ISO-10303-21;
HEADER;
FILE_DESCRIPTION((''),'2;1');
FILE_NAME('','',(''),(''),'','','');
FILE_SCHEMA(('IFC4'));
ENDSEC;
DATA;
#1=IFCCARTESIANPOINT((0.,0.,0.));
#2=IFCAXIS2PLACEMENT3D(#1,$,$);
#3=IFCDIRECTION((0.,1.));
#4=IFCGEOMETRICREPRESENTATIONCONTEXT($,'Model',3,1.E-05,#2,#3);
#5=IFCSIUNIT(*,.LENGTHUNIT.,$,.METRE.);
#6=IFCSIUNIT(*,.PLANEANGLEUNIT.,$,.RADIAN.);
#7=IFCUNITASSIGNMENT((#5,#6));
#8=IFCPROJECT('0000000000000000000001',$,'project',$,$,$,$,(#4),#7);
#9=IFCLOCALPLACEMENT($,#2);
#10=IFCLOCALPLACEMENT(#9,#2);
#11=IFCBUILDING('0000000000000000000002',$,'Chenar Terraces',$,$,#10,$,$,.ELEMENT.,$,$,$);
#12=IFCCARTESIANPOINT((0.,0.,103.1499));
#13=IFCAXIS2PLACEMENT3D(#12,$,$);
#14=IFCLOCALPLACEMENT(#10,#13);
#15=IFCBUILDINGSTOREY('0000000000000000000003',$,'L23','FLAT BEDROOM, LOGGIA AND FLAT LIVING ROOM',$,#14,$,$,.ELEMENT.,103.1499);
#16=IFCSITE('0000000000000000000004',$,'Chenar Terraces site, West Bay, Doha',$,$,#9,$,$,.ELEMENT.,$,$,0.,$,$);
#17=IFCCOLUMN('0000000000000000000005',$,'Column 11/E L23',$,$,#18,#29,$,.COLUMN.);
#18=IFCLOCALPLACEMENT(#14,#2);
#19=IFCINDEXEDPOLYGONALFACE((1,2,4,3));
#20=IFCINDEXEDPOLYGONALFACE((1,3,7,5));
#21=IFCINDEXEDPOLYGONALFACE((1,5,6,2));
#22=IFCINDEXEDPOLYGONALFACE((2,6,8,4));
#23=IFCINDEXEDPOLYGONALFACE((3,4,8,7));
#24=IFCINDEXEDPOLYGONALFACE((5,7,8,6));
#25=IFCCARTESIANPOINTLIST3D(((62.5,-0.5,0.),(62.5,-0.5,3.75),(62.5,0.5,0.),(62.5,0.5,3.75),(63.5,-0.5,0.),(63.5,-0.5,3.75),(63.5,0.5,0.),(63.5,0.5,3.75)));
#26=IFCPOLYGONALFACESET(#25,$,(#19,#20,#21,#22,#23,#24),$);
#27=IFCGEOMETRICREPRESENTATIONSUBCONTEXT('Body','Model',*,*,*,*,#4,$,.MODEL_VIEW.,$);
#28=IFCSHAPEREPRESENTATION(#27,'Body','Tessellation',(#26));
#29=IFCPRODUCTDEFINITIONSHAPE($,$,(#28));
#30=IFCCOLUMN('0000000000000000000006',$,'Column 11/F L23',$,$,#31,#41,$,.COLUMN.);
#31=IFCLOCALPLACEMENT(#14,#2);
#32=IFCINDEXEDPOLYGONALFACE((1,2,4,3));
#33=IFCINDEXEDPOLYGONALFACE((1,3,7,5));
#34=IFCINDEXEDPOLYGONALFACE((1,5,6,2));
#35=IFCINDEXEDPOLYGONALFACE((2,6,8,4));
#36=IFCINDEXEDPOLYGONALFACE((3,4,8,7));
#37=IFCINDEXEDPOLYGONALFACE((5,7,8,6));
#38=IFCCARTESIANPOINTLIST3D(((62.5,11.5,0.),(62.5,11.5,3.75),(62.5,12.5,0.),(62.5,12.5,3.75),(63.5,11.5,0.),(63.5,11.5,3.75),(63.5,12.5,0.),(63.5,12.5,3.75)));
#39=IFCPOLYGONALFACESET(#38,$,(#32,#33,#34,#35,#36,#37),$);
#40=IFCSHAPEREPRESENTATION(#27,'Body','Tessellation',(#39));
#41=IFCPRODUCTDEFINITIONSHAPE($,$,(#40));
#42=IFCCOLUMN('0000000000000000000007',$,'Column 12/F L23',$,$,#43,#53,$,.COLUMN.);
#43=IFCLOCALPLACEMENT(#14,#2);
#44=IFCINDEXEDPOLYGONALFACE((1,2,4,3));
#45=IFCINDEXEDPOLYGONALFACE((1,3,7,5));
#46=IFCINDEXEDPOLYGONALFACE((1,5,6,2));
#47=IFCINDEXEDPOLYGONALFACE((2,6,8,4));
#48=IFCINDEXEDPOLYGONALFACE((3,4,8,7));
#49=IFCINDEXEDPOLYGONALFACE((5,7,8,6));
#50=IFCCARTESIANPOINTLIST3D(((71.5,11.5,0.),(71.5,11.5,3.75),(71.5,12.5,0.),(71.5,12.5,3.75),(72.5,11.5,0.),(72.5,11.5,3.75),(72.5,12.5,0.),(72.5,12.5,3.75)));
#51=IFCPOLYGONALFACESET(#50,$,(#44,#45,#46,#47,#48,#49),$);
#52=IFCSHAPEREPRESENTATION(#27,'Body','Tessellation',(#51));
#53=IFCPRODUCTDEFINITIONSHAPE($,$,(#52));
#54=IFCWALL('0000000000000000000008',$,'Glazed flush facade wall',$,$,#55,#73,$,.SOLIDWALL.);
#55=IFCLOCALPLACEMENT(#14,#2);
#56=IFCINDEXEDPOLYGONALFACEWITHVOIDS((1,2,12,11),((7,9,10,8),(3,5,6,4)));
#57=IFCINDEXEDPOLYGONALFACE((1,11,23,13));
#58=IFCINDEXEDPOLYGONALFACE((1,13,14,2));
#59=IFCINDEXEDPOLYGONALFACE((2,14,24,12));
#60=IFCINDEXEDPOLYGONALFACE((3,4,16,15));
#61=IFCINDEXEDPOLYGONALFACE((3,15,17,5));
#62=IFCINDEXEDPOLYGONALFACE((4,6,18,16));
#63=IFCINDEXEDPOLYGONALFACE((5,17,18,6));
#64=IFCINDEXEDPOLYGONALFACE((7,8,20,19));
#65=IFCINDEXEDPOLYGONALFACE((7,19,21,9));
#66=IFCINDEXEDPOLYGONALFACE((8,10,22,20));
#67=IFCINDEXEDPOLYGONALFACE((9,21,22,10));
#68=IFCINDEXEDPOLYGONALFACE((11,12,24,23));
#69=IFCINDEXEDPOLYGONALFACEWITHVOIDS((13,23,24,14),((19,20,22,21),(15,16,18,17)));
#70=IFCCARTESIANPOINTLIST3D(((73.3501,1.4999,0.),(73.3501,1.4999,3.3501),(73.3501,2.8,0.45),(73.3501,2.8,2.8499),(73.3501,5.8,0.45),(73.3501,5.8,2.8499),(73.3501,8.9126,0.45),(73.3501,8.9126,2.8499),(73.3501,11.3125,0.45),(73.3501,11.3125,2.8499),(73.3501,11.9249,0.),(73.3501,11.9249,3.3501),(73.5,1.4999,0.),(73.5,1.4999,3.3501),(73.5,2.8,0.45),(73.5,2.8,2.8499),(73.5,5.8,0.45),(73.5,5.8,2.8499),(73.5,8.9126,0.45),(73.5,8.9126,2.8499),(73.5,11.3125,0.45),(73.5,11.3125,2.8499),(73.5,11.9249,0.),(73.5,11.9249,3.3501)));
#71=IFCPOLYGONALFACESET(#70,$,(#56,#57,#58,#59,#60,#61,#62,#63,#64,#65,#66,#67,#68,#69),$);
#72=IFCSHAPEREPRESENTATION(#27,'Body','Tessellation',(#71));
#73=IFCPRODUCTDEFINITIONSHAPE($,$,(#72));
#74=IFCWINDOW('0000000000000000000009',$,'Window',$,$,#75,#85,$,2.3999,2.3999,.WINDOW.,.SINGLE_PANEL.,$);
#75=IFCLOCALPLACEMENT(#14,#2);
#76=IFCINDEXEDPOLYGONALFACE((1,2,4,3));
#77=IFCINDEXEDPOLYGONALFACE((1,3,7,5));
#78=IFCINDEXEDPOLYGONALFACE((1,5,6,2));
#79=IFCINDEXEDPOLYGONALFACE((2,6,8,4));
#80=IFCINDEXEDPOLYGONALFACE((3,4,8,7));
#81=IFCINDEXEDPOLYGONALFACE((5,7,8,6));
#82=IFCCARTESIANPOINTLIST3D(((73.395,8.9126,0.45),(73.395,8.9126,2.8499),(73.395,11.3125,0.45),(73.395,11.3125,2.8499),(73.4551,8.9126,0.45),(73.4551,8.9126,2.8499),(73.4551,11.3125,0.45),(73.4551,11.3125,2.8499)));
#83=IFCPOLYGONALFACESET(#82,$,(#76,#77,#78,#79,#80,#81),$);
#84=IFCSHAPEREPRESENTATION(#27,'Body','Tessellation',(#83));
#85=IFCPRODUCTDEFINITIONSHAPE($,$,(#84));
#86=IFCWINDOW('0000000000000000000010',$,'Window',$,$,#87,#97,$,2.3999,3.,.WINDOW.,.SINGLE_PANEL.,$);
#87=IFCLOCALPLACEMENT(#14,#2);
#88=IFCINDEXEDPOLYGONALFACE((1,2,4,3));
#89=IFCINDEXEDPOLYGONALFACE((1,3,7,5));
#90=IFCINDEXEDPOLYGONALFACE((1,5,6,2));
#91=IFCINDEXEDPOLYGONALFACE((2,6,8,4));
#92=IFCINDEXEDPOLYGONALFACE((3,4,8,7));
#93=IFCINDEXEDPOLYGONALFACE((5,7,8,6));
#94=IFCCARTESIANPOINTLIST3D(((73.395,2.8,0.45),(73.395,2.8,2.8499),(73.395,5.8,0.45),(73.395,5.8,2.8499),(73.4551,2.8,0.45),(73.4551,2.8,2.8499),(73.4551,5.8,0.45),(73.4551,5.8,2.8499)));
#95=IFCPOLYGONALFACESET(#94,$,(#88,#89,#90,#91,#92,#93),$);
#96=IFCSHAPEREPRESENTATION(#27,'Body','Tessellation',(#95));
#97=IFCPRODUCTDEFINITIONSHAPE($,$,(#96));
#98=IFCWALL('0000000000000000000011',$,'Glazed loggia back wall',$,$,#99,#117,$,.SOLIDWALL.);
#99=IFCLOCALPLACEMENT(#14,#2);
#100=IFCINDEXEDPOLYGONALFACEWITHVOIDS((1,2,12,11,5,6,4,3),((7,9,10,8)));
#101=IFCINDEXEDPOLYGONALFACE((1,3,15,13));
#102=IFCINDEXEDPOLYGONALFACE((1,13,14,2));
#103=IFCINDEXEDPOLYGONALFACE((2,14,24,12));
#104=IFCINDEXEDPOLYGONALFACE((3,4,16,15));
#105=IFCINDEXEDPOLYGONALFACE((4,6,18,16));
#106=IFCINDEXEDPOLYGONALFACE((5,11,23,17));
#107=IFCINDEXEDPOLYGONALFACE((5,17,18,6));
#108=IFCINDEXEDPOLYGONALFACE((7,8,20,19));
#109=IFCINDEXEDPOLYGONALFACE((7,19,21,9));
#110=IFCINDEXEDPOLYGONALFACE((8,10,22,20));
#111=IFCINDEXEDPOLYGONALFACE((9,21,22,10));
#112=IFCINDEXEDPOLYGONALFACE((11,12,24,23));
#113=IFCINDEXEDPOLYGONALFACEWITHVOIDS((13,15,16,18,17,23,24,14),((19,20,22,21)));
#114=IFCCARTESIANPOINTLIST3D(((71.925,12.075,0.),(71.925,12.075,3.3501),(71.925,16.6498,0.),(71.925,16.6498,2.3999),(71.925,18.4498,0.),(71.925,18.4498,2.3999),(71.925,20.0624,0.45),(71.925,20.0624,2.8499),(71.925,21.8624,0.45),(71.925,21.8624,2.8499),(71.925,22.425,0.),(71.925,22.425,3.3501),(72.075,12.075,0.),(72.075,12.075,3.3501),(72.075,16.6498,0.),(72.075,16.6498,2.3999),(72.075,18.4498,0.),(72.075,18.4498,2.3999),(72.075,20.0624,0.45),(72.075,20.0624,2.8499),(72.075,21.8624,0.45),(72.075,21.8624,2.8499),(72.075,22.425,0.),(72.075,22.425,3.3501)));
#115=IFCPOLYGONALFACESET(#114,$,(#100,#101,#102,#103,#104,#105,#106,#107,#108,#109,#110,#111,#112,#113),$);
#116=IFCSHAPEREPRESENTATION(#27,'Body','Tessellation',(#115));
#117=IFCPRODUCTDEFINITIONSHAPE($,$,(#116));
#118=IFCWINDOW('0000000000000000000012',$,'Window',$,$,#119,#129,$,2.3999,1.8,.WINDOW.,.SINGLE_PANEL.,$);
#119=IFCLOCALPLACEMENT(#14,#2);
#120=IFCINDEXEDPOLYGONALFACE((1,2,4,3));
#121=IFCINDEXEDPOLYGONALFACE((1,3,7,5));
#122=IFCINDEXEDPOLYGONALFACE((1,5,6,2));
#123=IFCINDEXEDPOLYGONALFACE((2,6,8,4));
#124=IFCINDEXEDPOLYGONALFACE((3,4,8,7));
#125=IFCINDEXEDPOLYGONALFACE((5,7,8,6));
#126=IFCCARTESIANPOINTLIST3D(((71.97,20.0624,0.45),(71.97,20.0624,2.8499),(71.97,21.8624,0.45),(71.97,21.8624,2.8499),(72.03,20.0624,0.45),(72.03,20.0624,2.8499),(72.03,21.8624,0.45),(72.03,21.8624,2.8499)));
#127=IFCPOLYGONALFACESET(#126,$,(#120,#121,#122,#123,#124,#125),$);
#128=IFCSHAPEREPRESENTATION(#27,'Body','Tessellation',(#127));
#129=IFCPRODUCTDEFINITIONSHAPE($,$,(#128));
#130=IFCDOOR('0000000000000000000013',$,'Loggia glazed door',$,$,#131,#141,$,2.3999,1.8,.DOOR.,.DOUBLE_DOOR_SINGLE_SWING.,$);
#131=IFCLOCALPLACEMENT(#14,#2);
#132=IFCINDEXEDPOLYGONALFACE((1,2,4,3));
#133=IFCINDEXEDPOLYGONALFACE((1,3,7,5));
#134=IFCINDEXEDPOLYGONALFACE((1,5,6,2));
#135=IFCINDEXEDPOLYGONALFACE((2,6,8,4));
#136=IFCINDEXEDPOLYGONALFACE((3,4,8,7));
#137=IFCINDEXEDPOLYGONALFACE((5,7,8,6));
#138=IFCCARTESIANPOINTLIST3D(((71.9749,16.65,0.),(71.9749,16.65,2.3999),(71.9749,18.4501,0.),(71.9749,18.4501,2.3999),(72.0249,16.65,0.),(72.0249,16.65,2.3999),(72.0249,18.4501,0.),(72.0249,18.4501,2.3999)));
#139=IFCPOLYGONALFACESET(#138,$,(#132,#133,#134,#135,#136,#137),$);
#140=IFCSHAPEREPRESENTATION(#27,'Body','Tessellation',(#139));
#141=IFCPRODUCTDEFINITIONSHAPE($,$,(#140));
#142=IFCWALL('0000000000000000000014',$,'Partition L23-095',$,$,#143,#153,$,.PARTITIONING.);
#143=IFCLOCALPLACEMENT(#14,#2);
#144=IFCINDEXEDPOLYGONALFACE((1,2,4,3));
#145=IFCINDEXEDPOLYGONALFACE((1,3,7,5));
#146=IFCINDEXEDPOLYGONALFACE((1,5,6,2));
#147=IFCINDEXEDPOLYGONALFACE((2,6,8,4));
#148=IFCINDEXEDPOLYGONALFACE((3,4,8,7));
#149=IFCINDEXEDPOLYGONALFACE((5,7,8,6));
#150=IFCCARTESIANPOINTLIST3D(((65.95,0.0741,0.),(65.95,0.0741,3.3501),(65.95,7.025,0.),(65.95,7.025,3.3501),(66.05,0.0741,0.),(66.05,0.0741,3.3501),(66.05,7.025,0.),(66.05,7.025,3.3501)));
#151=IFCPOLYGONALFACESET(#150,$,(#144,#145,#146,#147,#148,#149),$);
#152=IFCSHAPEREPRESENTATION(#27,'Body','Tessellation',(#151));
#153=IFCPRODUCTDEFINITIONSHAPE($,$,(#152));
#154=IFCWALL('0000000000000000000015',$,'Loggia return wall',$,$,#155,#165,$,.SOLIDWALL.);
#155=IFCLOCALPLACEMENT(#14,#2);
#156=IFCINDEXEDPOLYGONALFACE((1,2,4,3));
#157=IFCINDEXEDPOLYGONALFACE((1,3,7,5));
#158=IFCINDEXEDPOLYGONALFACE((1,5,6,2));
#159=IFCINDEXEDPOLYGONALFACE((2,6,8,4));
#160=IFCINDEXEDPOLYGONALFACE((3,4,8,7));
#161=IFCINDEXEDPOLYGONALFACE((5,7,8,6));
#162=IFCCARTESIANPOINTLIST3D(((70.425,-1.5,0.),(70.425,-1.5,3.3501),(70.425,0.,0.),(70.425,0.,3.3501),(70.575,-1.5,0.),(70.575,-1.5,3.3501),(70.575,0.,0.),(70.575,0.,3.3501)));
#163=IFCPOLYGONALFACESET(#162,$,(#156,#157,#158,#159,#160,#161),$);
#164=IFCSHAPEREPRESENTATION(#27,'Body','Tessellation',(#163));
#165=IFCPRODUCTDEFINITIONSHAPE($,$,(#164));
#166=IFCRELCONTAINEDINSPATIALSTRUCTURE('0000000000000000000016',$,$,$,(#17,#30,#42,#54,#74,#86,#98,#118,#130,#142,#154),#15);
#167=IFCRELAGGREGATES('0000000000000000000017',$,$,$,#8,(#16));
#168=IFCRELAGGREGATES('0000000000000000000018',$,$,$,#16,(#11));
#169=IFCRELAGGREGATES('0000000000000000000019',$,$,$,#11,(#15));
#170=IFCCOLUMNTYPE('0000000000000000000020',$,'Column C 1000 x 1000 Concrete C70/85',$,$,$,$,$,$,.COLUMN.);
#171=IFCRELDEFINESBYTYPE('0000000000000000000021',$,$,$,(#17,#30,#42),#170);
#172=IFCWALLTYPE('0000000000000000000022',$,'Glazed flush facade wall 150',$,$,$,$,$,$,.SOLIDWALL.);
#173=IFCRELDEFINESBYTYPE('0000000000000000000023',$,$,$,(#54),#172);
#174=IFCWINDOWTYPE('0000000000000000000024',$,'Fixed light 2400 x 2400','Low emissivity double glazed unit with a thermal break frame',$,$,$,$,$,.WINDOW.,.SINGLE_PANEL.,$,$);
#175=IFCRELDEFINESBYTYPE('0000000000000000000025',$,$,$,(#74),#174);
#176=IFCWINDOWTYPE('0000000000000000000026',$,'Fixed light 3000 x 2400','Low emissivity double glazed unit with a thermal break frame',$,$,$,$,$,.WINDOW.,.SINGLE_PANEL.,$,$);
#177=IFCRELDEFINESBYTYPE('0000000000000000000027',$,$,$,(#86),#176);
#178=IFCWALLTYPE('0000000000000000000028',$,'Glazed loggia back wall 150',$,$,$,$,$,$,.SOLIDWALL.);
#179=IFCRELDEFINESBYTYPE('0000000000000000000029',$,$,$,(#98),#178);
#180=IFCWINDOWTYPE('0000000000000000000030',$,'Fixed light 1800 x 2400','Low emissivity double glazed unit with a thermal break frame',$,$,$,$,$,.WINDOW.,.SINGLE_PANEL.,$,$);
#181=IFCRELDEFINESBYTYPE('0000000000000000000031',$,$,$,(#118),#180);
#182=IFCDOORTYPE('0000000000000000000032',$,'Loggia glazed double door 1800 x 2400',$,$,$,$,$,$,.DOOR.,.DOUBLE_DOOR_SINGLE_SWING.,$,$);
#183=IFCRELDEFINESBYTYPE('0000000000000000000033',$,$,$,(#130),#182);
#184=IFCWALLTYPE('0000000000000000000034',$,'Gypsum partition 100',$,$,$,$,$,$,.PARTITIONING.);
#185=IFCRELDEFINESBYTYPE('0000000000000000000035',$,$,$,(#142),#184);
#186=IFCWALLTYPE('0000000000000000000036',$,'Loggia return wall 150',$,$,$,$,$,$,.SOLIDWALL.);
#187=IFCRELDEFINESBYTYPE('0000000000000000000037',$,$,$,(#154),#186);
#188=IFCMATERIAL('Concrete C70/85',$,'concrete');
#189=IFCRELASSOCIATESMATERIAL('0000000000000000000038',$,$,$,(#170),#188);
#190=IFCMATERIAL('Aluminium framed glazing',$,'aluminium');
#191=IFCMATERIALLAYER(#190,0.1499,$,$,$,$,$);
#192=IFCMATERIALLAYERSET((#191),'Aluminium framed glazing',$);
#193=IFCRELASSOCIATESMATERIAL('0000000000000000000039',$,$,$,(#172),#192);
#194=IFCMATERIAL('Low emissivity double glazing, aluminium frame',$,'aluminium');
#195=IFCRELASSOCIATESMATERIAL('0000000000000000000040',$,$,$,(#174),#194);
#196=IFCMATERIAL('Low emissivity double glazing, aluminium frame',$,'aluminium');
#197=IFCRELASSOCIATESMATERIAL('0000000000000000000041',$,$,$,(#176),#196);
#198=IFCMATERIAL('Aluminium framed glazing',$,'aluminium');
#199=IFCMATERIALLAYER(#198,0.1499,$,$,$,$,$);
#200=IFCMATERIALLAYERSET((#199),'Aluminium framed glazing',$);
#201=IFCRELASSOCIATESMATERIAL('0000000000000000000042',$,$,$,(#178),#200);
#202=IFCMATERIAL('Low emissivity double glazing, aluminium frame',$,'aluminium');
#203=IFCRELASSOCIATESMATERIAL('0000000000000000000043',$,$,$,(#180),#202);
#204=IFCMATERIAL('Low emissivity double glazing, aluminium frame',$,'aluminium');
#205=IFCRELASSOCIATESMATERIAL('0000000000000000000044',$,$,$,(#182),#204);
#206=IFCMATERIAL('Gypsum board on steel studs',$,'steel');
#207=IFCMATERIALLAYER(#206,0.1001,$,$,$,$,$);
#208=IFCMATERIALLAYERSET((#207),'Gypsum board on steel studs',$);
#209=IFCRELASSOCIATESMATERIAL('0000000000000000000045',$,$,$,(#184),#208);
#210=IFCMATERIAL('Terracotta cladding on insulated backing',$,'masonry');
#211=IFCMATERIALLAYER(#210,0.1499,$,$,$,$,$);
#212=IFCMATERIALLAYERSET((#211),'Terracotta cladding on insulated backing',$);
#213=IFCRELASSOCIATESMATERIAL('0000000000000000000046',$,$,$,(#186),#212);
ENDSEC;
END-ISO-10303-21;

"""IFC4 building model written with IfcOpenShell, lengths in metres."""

from ifc_helpers import new_model, si_unit, direction, frame, frame_2d, origin, origin_2d, place, context, subcontext, project, spatial, rectangle, extrude, material, layer, layer_set, material_profile, profile_set, type_object, element, fill, save


model = new_model("IFC4")

# Units and contexts
model_context = context("Model", 3, precision=1e-05, world=origin(), true_north=direction((0.0, 1.0)))
body_context = subcontext(model_context, "Body", "Model", "MODEL_VIEW")
ifc_project = project(units=[si_unit("LENGTHUNIT", "METRE"), si_unit("PLANEANGLEUNIT", "RADIAN")], contexts=[model_context])

# Site, building, storey
site_placement = place(None, origin())
site = spatial("IfcSite", under=ifc_project, at=site_placement, Name="Chenar Terraces site, West Bay, Doha", CompositionType="ELEMENT", RefElevation=0.0)
building_placement = place(site_placement, origin())
building = spatial("IfcBuilding", under=site, at=building_placement, Name="Chenar Terraces", CompositionType="ELEMENT")
storey_placement = place(building_placement, frame((0.0, 0.0, 103.1499)))
storey = spatial("IfcBuildingStorey", under=building, at=storey_placement, Name="L23", Description="FLAT BEDROOM, LOGGIA AND FLAT LIVING ROOM", CompositionType="ELEMENT", Elevation=103.1499)

# Columns
ifc_material_1 = material(Name="Concrete C70/85", Category="concrete")
ifc_material_profile = material_profile(ifc_material_1, rectangle(XDim=1.0, YDim=1.0, at=origin_2d()), Name="C 1000 x 1000")
ifc_profile_set = profile_set([ifc_material_profile], Name="Concrete C70/85")
column_type = type_object("IfcColumnType", Name="Column C 1000 x 1000 Concrete C70/85", PredefinedType="COLUMN", material=ifc_profile_set)
for number, where, z_axis, x_axis, name in (
    (1, (63.0, 0.0, 0.0), (0.0, 0.0, 1.0), (1.0, 0.0, 0.0), "Column 11/E L23"),
    (2, (63.0, 12.0, 0.0), (0.0, 0.0, 1.0), (1.0, 0.0, 0.0), "Column 11/F L23"),
    (3, (72.0, 12.0, 0.0), (0.0, 0.0, 1.0), (1.0, 0.0, 0.0), "Column 12/F L23"),
):
    element("IfcColumn", number, at=place(storey_placement, frame(where, z_axis=z_axis, x_axis=x_axis)), inside=storey, type_object=column_type, Name=name, PredefinedType="COLUMN", context=body_context, shape_type="SweptSolid", body=[
        extrude(rectangle(XDim=1.0, YDim=1.0, at=origin_2d()), origin(), (0.0, 0.0, 1.0), 3.75),
    ])

# Wall, openings, windows
ifc_material_2 = material(Name="Aluminium framed glazing", Category="aluminium")
ifc_layer_1 = layer(ifc_material_2, 0.1499)
ifc_layer_set_1 = layer_set([ifc_layer_1], Name="Aluminium framed glazing")
wall_type_1 = type_object("IfcWallType", Name="Glazed flush facade wall 150", PredefinedType="SOLIDWALL", material=ifc_layer_set_1)
wall_1_placement = place(storey_placement, frame((73.425, 1.5, 0.0), z_axis=(0.0, 0.0, 1.0), x_axis=(0.0, 1.0, 0.0)))
wall_1 = element("IfcWall", 4, at=wall_1_placement, inside=storey, type_object=wall_type_1, Name="Glazed flush facade wall", PredefinedType="SOLIDWALL", context=body_context, shape_type="SweptSolid", body=[
    extrude(rectangle(XDim=10.425, YDim=0.1499, at=frame_2d((5.2124, 0.0))), origin(), (0.0, 0.0, 1.0), 3.3501),
])
opening_1_placement = place(wall_1_placement, frame((1.3, 0.0, 0.45)))
opening_1 = element("IfcOpeningElement", 5, at=opening_1_placement, cuts=wall_1, PredefinedType="OPENING", context=body_context, shape_type="SweptSolid", body=[
    extrude(rectangle(XDim=3.0, YDim=2.3999, at=frame_2d((1.5, 1.2))), frame((0.0, 0.085, 0.0), z_axis=(0.0, -1.0, 0.0), x_axis=(1.0, 0.0, 0.0)), (0.0, 0.0, 1.0), 0.1699),
])
opening_2_placement = place(wall_1_placement, frame((7.4126, 0.0, 0.45)))
opening_2 = element("IfcOpeningElement", 6, at=opening_2_placement, cuts=wall_1, PredefinedType="OPENING", context=body_context, shape_type="SweptSolid", body=[
    extrude(rectangle(XDim=2.3999, YDim=2.3999, at=frame_2d((1.2, 1.2))), frame((0.0, 0.085, 0.0), z_axis=(0.0, -1.0, 0.0), x_axis=(1.0, 0.0, 0.0)), (0.0, 0.0, 1.0), 0.1699),
])
ifc_material_3 = material(Name="Low emissivity double glazing, aluminium frame", Category="aluminium")
window_type_1 = type_object("IfcWindowType", Name="Fixed light 2400 x 2400", Description="Low emissivity double glazed unit with a thermal break frame", PartitioningType="SINGLE_PANEL", PredefinedType="WINDOW", material=ifc_material_3)
window_1_placement = place(opening_2_placement, origin())
window_1 = element("IfcWindow", 7, at=window_1_placement, inside=storey, type_object=window_type_1, Name="Window", OverallHeight=2.3999, OverallWidth=2.3999, PartitioningType="SINGLE_PANEL", PredefinedType="WINDOW", context=body_context, shape_type="SweptSolid", body=[
    extrude(rectangle(XDim=2.3999, YDim=2.3999, at=frame_2d((1.2, 1.2))), frame((0.0, 0.03, 0.0), z_axis=(0.0, -1.0, 0.0), x_axis=(1.0, 0.0, 0.0)), (0.0, 0.0, 1.0), 0.0601),
])
fill(opening_2, window_1)
ifc_material_4 = material(Name="Low emissivity double glazing, aluminium frame", Category="aluminium")
window_type_2 = type_object("IfcWindowType", Name="Fixed light 3000 x 2400", Description="Low emissivity double glazed unit with a thermal break frame", PartitioningType="SINGLE_PANEL", PredefinedType="WINDOW", material=ifc_material_4)
window_2_placement = place(opening_1_placement, origin())
window_2 = element("IfcWindow", 8, at=window_2_placement, inside=storey, type_object=window_type_2, Name="Window", OverallHeight=2.3999, OverallWidth=3.0, PartitioningType="SINGLE_PANEL", PredefinedType="WINDOW", context=body_context, shape_type="SweptSolid", body=[
    extrude(rectangle(XDim=3.0, YDim=2.3999, at=frame_2d((1.5, 1.2))), frame((0.0, 0.03, 0.0), z_axis=(0.0, -1.0, 0.0), x_axis=(1.0, 0.0, 0.0)), (0.0, 0.0, 1.0), 0.0601),
])
fill(opening_1, window_2)

# Wall, openings, window, door
ifc_material_5 = material(Name="Aluminium framed glazing", Category="aluminium")
ifc_layer_2 = layer(ifc_material_5, 0.1499)
ifc_layer_set_2 = layer_set([ifc_layer_2], Name="Aluminium framed glazing")
wall_type_2 = type_object("IfcWallType", Name="Glazed loggia back wall 150", PredefinedType="SOLIDWALL", material=ifc_layer_set_2)
wall_2_placement = place(storey_placement, frame((72.0, 12.075, 0.0), z_axis=(0.0, 0.0, 1.0), x_axis=(0.0, 1.0, 0.0)))
wall_2 = element("IfcWall", 9, at=wall_2_placement, inside=storey, type_object=wall_type_2, Name="Glazed loggia back wall", PredefinedType="SOLIDWALL", context=body_context, shape_type="SweptSolid", body=[
    extrude(rectangle(XDim=10.3501, YDim=0.1499, at=frame_2d((5.175, 0.0))), origin(), (0.0, 0.0, 1.0), 3.3501),
])
opening_3_placement = place(wall_2_placement, frame((4.575, 0.0, 0.0)))
opening_3 = element("IfcOpeningElement", 10, at=opening_3_placement, cuts=wall_2, PredefinedType="OPENING", context=body_context, shape_type="SweptSolid", body=[
    extrude(rectangle(XDim=1.8, YDim=2.3999, at=frame_2d((0.8999, 1.2))), frame((0.0, 0.085, 0.0), z_axis=(0.0, -1.0, 0.0), x_axis=(1.0, 0.0, 0.0)), (0.0, 0.0, 1.0), 0.1699),
])
opening_4_placement = place(wall_2_placement, frame((7.9875, 0.0, 0.45)))
opening_4 = element("IfcOpeningElement", 11, at=opening_4_placement, cuts=wall_2, PredefinedType="OPENING", context=body_context, shape_type="SweptSolid", body=[
    extrude(rectangle(XDim=1.8, YDim=2.3999, at=frame_2d((0.8999, 1.2))), frame((0.0, 0.085, 0.0), z_axis=(0.0, -1.0, 0.0), x_axis=(1.0, 0.0, 0.0)), (0.0, 0.0, 1.0), 0.1699),
])
ifc_material_6 = material(Name="Low emissivity double glazing, aluminium frame", Category="aluminium")
window_type_3 = type_object("IfcWindowType", Name="Fixed light 1800 x 2400", Description="Low emissivity double glazed unit with a thermal break frame", PartitioningType="SINGLE_PANEL", PredefinedType="WINDOW", material=ifc_material_6)
window_3_placement = place(opening_4_placement, origin())
window_3 = element("IfcWindow", 12, at=window_3_placement, inside=storey, type_object=window_type_3, Name="Window", OverallHeight=2.3999, OverallWidth=1.8, PartitioningType="SINGLE_PANEL", PredefinedType="WINDOW", context=body_context, shape_type="SweptSolid", body=[
    extrude(rectangle(XDim=1.8, YDim=2.3999, at=frame_2d((0.8999, 1.2))), frame((0.0, 0.03, 0.0), z_axis=(0.0, -1.0, 0.0), x_axis=(1.0, 0.0, 0.0)), (0.0, 0.0, 1.0), 0.0601),
])
fill(opening_4, window_3)
ifc_material_7 = material(Name="Low emissivity double glazing, aluminium frame", Category="aluminium")
door_type_1 = type_object("IfcDoorType", Name="Loggia glazed double door 1800 x 2400", OperationType="DOUBLE_DOOR_SINGLE_SWING", PredefinedType="DOOR", material=ifc_material_7)
door_1_placement = place(opening_3_placement, frame((1.8, 0.0, 0.0), z_axis=(0.0, 0.0, 1.0), x_axis=(-1.0, 0.0, 0.0)))
door_1 = element("IfcDoor", 13, at=door_1_placement, inside=storey, type_object=door_type_1, Name="Loggia glazed door", OperationType="DOUBLE_DOOR_SINGLE_SWING", OverallHeight=2.3999, OverallWidth=1.8, PredefinedType="DOOR", context=body_context, shape_type="SweptSolid", body=[
    extrude(rectangle(XDim=1.8, YDim=2.3999, at=frame_2d((0.8999, 1.2))), frame((0.0, 0.0249, 0.0), z_axis=(0.0, -1.0, 0.0), x_axis=(1.0, 0.0, 0.0)), (0.0, 0.0, 1.0), 0.05),
])
fill(opening_3, door_1)

# Walls
ifc_material_8 = material(Name="Gypsum board on steel studs", Category="steel")
ifc_layer_3 = layer(ifc_material_8, 0.1001)
ifc_layer_set_3 = layer_set([ifc_layer_3], Name="Gypsum board on steel studs")
wall_type_3 = type_object("IfcWallType", Name="Gypsum partition 100", PredefinedType="PARTITIONING", material=ifc_layer_set_3)
wall_3_placement = place(storey_placement, frame((66.0, 0.074, 0.0), z_axis=(0.0, 0.0, 1.0), x_axis=(0.0, 1.0, 0.0)))
element("IfcWall", 14, at=wall_3_placement, inside=storey, type_object=wall_type_3, Name="Partition L23-095", PredefinedType="PARTITIONING", context=body_context, shape_type="SweptSolid", body=[
    extrude(rectangle(XDim=6.9509, YDim=0.1001, at=frame_2d((3.4756, 0.0))), origin(), (0.0, 0.0, 1.0), 3.3501),
])
ifc_material_9 = material(Name="Terracotta cladding on insulated backing", Category="masonry")
ifc_layer_4 = layer(ifc_material_9, 0.1499)
ifc_layer_set_4 = layer_set([ifc_layer_4], Name="Terracotta cladding on insulated backing")
wall_type_4 = type_object("IfcWallType", Name="Loggia return wall 150", PredefinedType="SOLIDWALL", material=ifc_layer_set_4)
for number, where, z_axis, x_axis, name in (
    (15, (70.5, -1.5, 0.0), (0.0, 0.0, 1.0), (0.0, 1.0, 0.0), "Loggia return wall"),
):
    element("IfcWall", number, at=place(storey_placement, frame(where, z_axis=z_axis, x_axis=x_axis)), inside=storey, type_object=wall_type_4, Name=name, PredefinedType="SOLIDWALL", context=body_context, shape_type="SweptSolid", body=[
        extrude(rectangle(XDim=1.5, YDim=0.1499, at=frame_2d((0.75, 0.0))), origin(), (0.0, 0.0, 1.0), 3.3501),
    ])

save(model, "model.ifc")
